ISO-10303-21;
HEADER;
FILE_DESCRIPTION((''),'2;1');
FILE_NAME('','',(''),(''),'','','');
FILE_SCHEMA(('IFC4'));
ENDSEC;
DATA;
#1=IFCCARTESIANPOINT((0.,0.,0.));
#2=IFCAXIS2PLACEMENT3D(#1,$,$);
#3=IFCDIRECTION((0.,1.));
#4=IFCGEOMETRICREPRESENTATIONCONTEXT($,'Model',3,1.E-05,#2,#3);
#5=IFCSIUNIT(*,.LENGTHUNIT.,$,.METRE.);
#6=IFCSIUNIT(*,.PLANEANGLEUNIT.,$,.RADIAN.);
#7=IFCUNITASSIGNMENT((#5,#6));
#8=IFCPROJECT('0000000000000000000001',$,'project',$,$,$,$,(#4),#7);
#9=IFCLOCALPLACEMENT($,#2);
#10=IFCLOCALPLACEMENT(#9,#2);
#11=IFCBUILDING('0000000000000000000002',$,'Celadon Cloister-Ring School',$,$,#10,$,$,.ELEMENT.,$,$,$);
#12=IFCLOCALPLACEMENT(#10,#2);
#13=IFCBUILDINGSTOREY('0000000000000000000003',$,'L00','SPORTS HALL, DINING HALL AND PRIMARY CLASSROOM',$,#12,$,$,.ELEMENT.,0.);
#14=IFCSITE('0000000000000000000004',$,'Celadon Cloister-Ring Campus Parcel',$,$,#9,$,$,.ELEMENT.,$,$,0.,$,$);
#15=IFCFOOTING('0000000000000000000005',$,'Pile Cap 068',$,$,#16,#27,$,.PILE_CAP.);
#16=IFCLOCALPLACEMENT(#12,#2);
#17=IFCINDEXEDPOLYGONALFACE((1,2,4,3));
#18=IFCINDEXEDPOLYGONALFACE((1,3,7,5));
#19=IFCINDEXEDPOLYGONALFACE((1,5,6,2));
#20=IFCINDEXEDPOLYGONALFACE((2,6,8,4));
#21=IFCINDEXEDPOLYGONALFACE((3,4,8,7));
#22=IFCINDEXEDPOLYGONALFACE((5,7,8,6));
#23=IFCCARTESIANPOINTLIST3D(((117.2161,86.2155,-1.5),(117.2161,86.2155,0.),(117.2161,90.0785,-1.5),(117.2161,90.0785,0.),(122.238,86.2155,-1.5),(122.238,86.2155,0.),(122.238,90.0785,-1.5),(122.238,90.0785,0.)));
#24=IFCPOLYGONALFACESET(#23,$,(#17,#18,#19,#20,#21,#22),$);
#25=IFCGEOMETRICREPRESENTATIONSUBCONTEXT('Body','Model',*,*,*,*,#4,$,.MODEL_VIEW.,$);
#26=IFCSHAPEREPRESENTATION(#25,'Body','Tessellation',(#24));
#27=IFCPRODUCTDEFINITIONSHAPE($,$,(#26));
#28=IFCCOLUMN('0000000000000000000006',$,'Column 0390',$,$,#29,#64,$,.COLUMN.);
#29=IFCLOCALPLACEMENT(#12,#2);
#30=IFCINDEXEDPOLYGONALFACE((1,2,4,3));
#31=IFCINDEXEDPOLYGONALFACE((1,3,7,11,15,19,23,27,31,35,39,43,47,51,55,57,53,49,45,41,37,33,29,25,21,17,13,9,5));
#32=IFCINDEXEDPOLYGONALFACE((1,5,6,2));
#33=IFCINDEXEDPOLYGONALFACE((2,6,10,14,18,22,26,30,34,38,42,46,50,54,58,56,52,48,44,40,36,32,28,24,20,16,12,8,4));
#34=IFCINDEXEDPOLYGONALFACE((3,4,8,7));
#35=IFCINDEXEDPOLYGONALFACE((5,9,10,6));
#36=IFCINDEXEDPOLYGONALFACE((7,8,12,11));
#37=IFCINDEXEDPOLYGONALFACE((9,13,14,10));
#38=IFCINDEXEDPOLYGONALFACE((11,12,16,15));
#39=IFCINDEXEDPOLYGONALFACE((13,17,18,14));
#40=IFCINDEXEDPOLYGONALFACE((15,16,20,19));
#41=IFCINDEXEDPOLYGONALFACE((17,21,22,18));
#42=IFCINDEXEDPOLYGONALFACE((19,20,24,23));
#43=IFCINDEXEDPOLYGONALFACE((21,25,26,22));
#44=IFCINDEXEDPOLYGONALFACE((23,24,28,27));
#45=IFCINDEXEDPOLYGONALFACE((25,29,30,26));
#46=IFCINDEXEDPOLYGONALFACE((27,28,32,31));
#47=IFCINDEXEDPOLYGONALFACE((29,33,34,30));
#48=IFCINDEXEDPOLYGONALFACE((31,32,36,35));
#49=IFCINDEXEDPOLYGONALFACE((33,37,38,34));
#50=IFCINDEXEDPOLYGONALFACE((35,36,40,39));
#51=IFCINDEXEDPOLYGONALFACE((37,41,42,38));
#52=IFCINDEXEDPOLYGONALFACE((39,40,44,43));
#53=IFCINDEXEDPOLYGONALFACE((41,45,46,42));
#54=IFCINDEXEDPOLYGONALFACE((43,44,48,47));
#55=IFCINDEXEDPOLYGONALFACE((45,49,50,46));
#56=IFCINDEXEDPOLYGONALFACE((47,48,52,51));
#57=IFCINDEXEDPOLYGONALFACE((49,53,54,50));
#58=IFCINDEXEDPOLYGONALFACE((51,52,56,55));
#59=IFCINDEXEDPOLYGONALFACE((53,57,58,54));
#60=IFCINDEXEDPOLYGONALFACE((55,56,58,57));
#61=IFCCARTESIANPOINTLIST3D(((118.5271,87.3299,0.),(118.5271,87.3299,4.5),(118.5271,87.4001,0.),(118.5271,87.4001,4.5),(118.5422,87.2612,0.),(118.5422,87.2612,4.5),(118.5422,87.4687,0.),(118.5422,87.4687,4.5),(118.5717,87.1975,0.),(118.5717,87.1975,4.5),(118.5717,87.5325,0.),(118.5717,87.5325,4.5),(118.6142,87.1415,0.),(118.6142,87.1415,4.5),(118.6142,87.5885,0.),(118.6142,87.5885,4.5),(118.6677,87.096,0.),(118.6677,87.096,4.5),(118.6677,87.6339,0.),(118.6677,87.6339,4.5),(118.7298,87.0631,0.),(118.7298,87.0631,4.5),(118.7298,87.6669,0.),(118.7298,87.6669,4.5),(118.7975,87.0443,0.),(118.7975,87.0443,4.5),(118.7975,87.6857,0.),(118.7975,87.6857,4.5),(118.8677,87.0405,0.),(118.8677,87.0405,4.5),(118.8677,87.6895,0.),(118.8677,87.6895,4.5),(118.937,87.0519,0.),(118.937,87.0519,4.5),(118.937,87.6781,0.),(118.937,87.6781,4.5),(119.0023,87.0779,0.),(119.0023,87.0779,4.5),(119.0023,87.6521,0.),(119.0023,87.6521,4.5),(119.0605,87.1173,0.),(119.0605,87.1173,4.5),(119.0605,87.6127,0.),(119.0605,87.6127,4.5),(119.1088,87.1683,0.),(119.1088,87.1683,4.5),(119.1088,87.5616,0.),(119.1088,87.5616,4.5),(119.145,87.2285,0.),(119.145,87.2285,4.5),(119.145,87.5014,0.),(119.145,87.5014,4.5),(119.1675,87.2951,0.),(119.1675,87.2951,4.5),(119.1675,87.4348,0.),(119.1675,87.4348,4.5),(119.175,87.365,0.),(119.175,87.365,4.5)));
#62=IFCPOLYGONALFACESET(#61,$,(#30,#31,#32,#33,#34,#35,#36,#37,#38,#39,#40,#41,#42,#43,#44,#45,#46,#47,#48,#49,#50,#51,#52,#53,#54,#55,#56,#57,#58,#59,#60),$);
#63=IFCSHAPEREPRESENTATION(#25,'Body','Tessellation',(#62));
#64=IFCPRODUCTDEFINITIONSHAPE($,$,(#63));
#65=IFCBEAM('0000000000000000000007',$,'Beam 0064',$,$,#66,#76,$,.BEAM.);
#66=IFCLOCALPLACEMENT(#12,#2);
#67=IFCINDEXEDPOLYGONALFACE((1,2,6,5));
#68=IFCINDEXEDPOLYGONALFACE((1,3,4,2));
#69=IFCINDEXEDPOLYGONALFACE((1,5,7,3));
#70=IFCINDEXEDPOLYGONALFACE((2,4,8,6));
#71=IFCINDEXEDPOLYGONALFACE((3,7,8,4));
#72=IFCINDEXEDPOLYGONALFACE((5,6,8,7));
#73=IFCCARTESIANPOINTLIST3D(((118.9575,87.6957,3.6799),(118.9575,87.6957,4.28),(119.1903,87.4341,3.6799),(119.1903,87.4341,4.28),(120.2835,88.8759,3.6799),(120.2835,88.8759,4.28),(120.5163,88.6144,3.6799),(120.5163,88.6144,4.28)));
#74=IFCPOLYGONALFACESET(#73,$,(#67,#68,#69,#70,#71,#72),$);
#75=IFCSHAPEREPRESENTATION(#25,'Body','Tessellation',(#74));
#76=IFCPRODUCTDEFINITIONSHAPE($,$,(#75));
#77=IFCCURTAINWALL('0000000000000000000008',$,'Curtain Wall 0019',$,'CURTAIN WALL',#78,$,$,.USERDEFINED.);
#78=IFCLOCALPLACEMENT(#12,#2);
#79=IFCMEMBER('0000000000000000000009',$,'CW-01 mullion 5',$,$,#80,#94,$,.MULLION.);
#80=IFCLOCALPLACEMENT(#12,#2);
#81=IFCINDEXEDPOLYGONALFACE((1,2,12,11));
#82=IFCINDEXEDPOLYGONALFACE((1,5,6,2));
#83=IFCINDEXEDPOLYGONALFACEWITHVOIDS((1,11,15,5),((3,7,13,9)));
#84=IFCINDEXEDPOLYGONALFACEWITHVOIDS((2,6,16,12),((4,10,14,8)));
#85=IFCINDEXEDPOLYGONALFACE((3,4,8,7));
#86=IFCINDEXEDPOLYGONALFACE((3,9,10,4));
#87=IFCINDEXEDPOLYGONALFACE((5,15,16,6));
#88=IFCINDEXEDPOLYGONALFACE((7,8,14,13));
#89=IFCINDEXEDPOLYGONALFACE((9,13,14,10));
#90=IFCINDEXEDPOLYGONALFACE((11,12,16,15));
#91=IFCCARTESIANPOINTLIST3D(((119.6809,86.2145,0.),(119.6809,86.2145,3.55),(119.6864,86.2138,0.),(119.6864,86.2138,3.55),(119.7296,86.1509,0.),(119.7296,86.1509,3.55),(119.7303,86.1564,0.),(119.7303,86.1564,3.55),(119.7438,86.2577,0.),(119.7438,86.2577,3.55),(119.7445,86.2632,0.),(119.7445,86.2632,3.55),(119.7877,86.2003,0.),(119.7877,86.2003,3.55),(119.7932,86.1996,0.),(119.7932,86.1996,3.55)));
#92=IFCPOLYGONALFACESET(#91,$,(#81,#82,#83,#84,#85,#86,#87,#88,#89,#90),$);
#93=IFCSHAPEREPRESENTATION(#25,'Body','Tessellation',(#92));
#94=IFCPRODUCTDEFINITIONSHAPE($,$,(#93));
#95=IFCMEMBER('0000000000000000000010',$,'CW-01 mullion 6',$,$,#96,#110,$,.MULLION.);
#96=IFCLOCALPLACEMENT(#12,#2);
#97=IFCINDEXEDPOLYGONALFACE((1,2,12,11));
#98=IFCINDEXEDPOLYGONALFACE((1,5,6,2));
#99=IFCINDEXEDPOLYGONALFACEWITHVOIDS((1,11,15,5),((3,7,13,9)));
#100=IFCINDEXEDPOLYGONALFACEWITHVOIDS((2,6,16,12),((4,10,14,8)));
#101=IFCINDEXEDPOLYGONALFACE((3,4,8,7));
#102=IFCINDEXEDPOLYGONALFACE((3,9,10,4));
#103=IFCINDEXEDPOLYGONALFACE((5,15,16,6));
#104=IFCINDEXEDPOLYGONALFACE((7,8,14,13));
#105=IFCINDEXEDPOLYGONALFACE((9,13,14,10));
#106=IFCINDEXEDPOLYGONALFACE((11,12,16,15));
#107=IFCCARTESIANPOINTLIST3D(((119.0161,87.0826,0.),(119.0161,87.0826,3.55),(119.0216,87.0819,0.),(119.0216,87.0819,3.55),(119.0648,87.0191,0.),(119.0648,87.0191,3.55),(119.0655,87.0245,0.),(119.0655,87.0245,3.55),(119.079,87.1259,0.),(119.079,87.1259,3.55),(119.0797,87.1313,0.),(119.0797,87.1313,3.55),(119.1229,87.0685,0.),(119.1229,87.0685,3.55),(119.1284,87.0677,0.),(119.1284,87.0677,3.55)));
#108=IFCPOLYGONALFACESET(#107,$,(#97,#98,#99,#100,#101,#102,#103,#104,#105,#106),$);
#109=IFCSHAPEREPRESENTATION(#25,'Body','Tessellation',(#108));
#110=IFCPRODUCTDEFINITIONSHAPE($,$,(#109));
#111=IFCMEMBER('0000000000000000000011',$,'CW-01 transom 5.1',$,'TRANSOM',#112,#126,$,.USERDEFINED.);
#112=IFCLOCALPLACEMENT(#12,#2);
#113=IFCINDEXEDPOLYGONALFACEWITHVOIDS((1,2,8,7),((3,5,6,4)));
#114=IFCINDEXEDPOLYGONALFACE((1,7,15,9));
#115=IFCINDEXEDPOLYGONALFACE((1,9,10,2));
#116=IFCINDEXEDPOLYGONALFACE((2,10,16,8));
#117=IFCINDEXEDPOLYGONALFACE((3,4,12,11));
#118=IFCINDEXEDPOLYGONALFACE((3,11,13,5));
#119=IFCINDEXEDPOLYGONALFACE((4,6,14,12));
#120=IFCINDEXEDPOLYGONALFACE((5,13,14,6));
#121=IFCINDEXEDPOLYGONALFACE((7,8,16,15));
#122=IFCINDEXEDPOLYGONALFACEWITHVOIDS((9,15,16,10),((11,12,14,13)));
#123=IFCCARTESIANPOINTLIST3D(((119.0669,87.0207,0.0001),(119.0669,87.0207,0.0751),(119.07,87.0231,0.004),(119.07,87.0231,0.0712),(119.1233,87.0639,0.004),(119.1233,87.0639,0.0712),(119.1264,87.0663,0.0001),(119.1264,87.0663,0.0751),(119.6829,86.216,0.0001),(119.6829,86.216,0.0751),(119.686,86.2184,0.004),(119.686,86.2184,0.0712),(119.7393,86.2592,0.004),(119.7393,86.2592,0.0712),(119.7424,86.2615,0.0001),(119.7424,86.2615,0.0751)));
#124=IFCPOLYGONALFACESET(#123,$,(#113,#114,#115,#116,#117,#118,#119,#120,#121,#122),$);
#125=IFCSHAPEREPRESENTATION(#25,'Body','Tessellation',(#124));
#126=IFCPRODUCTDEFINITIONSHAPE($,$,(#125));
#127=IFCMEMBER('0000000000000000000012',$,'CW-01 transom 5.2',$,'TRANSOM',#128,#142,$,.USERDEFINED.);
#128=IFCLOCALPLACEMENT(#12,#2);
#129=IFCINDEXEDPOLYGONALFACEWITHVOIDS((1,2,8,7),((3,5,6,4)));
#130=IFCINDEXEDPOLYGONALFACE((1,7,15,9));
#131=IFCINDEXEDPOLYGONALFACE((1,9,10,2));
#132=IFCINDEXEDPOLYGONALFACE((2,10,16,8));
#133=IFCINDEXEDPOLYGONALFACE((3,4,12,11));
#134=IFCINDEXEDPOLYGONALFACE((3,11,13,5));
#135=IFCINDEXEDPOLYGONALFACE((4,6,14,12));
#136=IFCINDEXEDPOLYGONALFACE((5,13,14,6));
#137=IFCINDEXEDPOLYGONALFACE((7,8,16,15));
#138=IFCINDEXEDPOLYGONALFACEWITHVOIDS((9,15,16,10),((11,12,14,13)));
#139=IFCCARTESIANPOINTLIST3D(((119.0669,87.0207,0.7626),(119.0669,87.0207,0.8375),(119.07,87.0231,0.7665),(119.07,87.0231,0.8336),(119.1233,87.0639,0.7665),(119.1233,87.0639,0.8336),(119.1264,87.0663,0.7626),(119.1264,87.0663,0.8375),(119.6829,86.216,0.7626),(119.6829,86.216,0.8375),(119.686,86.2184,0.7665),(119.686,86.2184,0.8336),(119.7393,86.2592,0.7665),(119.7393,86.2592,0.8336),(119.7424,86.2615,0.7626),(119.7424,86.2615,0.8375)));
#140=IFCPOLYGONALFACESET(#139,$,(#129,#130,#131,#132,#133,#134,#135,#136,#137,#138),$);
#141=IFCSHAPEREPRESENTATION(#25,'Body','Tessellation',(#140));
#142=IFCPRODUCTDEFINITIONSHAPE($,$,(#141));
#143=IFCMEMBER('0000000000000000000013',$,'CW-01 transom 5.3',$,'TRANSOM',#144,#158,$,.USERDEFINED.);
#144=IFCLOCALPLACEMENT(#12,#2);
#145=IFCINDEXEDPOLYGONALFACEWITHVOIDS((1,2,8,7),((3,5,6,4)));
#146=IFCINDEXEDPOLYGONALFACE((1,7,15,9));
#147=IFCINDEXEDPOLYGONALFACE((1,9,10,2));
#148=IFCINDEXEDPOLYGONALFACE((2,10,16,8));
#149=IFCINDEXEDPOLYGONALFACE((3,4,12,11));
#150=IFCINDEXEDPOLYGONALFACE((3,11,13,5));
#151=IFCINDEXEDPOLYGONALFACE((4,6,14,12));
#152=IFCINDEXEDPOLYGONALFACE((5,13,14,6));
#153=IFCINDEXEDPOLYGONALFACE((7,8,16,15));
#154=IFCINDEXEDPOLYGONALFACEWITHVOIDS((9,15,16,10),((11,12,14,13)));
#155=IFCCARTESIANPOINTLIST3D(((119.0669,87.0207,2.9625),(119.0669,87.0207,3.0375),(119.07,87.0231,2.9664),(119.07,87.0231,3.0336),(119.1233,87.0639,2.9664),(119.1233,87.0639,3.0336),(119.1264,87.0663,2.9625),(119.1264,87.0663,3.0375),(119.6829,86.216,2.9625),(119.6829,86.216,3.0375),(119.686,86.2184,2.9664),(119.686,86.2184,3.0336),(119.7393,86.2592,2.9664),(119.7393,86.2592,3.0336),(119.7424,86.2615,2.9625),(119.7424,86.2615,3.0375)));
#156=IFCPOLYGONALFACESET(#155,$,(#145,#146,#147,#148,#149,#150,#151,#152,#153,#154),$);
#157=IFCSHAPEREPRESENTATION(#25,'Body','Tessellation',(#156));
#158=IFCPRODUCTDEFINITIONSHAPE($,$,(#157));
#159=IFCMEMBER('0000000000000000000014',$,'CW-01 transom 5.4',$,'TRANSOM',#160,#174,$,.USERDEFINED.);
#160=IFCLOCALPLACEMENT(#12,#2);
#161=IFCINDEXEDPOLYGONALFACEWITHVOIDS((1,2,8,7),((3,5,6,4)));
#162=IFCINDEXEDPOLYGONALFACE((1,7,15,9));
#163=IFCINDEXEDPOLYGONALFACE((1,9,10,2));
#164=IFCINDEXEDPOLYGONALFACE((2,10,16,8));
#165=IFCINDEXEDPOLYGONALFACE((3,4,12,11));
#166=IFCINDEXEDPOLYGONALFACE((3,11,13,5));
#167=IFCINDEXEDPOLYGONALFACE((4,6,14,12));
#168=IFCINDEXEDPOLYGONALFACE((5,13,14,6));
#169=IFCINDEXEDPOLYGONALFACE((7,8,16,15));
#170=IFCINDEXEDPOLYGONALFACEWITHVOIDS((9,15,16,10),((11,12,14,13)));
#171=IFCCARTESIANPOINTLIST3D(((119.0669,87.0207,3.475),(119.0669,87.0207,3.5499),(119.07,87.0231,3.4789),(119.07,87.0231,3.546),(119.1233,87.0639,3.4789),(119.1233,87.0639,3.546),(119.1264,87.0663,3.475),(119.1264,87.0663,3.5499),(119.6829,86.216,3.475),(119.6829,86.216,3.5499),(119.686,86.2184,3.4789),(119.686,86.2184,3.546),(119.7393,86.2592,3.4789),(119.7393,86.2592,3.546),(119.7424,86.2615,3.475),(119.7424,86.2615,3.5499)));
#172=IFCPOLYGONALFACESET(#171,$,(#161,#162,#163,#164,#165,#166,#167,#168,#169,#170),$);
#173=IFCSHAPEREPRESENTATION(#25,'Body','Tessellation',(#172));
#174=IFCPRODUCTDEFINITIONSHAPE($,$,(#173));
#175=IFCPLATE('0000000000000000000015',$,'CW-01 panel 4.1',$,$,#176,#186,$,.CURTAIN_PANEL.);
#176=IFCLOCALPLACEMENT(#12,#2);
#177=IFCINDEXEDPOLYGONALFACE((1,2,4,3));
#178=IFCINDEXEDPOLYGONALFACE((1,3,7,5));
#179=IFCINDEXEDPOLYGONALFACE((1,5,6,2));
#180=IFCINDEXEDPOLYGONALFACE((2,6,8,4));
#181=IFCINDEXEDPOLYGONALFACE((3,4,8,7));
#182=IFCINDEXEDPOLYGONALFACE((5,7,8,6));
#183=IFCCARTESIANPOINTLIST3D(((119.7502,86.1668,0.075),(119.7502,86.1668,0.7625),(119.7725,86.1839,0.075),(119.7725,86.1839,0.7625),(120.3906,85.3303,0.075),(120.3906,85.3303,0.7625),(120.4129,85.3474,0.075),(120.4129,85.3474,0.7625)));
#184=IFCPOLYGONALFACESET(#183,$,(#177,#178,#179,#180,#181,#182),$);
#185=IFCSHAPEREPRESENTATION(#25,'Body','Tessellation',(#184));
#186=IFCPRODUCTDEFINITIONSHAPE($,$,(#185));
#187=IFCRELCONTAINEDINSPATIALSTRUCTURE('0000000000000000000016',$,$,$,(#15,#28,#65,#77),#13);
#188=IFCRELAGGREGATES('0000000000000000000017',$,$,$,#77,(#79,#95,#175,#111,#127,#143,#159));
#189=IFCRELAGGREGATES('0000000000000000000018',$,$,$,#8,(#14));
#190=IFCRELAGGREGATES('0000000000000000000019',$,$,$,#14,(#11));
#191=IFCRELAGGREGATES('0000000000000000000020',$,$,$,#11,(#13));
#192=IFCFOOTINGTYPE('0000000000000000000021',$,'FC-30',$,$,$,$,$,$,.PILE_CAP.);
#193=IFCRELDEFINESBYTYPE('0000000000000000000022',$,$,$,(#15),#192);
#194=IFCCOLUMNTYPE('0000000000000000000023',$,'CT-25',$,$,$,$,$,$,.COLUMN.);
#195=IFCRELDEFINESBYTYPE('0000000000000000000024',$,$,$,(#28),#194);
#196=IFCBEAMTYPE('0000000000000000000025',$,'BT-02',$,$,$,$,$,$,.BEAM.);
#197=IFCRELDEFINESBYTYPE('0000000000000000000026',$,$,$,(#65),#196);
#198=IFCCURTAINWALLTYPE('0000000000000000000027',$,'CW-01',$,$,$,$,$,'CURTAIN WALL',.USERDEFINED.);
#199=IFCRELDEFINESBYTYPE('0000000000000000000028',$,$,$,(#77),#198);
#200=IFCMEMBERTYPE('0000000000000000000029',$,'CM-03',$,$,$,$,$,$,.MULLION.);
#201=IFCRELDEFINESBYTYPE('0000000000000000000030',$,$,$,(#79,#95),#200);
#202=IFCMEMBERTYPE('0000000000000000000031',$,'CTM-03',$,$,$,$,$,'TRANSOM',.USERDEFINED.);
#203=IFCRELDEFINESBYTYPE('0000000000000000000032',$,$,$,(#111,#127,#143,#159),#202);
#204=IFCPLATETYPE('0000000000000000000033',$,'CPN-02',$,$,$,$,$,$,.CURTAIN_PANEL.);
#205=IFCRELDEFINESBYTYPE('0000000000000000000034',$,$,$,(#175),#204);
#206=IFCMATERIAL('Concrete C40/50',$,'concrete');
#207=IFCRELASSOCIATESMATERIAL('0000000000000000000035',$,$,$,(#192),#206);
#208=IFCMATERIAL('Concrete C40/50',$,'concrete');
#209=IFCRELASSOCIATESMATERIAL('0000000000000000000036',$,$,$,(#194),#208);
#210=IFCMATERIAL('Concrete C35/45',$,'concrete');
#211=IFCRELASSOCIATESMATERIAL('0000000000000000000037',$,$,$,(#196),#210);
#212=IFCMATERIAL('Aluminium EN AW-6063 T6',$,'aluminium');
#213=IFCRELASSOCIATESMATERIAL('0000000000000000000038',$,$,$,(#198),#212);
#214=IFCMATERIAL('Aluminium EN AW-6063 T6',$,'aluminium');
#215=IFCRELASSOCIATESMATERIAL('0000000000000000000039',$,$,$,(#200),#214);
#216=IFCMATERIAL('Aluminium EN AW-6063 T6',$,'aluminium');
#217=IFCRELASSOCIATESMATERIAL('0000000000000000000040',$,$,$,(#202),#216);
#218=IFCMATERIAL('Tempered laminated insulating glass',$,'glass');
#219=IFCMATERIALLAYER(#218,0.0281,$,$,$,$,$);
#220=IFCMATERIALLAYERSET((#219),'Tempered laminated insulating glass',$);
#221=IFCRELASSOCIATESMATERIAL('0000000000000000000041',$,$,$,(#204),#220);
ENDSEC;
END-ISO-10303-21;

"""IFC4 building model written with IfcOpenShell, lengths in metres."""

from ifc_helpers import new_model, si_unit, direction, frame, origin, origin_2d, place, context, subcontext, project, spatial, rectangle, hollow_rectangle, circle, extrude, material, layer, layer_set, material_profile, profile_set, type_object, element, aggregate, save


model = new_model("IFC4")

# Units and contexts
model_context = context("Model", 3, precision=1e-05, world=origin(), true_north=direction((0.0, 1.0)))
body_context = subcontext(model_context, "Body", "Model", "MODEL_VIEW")
ifc_project = project(units=[si_unit("LENGTHUNIT", "METRE"), si_unit("PLANEANGLEUNIT", "RADIAN")], contexts=[model_context])

# Site, building, storey
site_placement = place(None, origin())
site = spatial("IfcSite", under=ifc_project, at=site_placement, Name="Celadon Cloister-Ring Campus Parcel", CompositionType="ELEMENT", RefElevation=0.0)
building_placement = place(site_placement, origin())
building = spatial("IfcBuilding", under=site, at=building_placement, Name="Celadon Cloister-Ring School", CompositionType="ELEMENT")
storey_placement = place(building_placement, origin())
storey = spatial("IfcBuildingStorey", under=building, at=storey_placement, Name="L00", Description="SPORTS HALL, DINING HALL AND PRIMARY CLASSROOM", CompositionType="ELEMENT", Elevation=0.0)

# Footing
ifc_material_1 = material(Name="Concrete C40/50", Category="concrete")
footing_type = type_object("IfcFootingType", Name="FC-30", PredefinedType="PILE_CAP", material=ifc_material_1)
footing_placement = place(storey_placement, frame((119.7271, 88.147, -1.5), z_axis=(0.0, 0.0, 1.0), x_axis=(1.0, 0.0, 0.0)))
element("IfcFooting", 1, at=footing_placement, inside=storey, type_object=footing_type, Name="Pile Cap 068", PredefinedType="PILE_CAP", context=body_context, shape_type="SweptSolid", body=[
    extrude(rectangle(XDim=5.022, YDim=3.863, at=origin_2d()), origin(), (0.0, 0.0, 1.0), 1.5),
])

# Column
ifc_material_2 = material(Name="Concrete C40/50", Category="concrete")
ifc_material_profile_1 = material_profile(ifc_material_2, circle(Radius=0.325, at=origin_2d()), Name="CIRC650")
ifc_profile_set_1 = profile_set([ifc_material_profile_1], Name="Concrete C40/50")
column_type = type_object("IfcColumnType", Name="CT-25", PredefinedType="COLUMN", material=ifc_profile_set_1)
column_placement = place(storey_placement, frame((118.8501, 87.365, 0.0), z_axis=(0.0, 0.0, 1.0), x_axis=(1.0, 0.0, 0.0)))
element("IfcColumn", 2, at=column_placement, inside=storey, type_object=column_type, Name="Column 0390", PredefinedType="COLUMN", context=body_context, shape_type="SweptSolid", body=[
    extrude(circle(Radius=0.325, at=origin_2d()), origin(), (0.0, 0.0, 1.0), 4.5),
])

# Beam
ifc_material_3 = material(Name="Concrete C35/45", Category="concrete")
ifc_material_profile_2 = material_profile(ifc_material_3, rectangle(XDim=0.3501, YDim=0.6001, at=origin_2d()), Name="RC350X600")
ifc_profile_set_2 = profile_set([ifc_material_profile_2], Name="Concrete C35/45")
beam_type = type_object("IfcBeamType", Name="BT-02", PredefinedType="BEAM", material=ifc_profile_set_2)
beam_placement = place(storey_placement, frame((120.3999, 88.7451, 3.98), z_axis=(-0.746969, -0.664859, 0.0), x_axis=(0.664859, -0.746969, 0.0)))
element("IfcBeam", 3, at=beam_placement, inside=storey, type_object=beam_type, Name="Beam 0064", PredefinedType="BEAM", context=body_context, shape_type="SweptSolid", body=[
    extrude(rectangle(XDim=0.3501, YDim=0.6001, at=origin_2d()), origin(), (0.0, 0.0, 1.0), 1.7751),
])

# Curtain wall, members, plate
ifc_material_4 = material(Name="Aluminium EN AW-6063 T6", Category="aluminium")
curtain_wall_type = type_object("IfcCurtainWallType", Name="CW-01", ElementType="CURTAIN WALL", PredefinedType="USERDEFINED", material=ifc_material_4)
curtain_wall_placement = place(storey_placement, origin())
curtain_wall = element("IfcCurtainWall", 4, at=curtain_wall_placement, inside=storey, type_object=curtain_wall_type, Name="Curtain Wall 0019", ObjectType="CURTAIN WALL", PredefinedType="USERDEFINED")
ifc_material_5 = material(Name="Aluminium EN AW-6063 T6", Category="aluminium")
ifc_material_profile_3 = material_profile(ifc_material_5, hollow_rectangle(XDim=0.0801, YDim=0.0801, WallThickness=0.0039, at=origin_2d()), Name="RHS80X80X4")
ifc_profile_set_3 = profile_set([ifc_material_profile_3], Name="Aluminium EN AW-6063 T6")
member_type_1 = type_object("IfcMemberType", Name="CM-03", PredefinedType="MULLION", material=ifc_profile_set_3)
member_1_placement = place(storey_placement, frame((119.7371, 86.207, 0.0), z_axis=(0.0, 0.0, 1.0), x_axis=(-0.794032, -0.607876, 0.0)))
member_1 = element("IfcMember", 5, at=member_1_placement, type_object=member_type_1, Name="CW-01 mullion 5", PredefinedType="MULLION", context=body_context, shape_type="SweptSolid", body=[
    extrude(hollow_rectangle(XDim=0.0801, YDim=0.0801, WallThickness=0.0039, at=origin_2d()), origin(), (0.0, 0.0, 1.0), 3.55),
])
member_2_placement = place(storey_placement, frame((119.0723, 87.0752, 0.0), z_axis=(0.0, 0.0, 1.0), x_axis=(-0.794032, -0.607876, 0.0)))
member_2 = element("IfcMember", 6, at=member_2_placement, type_object=member_type_1, Name="CW-01 mullion 6", PredefinedType="MULLION", context=body_context, shape_type="SweptSolid", body=[
    extrude(hollow_rectangle(XDim=0.0801, YDim=0.0801, WallThickness=0.0039, at=origin_2d()), origin(), (0.0, 0.0, 1.0), 3.55),
])
ifc_material_6 = material(Name="Aluminium EN AW-6063 T6", Category="aluminium")
ifc_material_profile_4 = material_profile(ifc_material_6, hollow_rectangle(XDim=0.075, YDim=0.075, WallThickness=0.0039, at=origin_2d()), Name="RHS75X75X4")
ifc_profile_set_4 = profile_set([ifc_material_profile_4], Name="Aluminium EN AW-6063 T6")
member_type_2 = type_object("IfcMemberType", Name="CTM-03", ElementType="TRANSOM", PredefinedType="USERDEFINED", material=ifc_profile_set_4)
member_3_placement = place(storey_placement, frame((119.7126, 86.2388, 0.0376), z_axis=(-0.607835, 0.794064, 0.0), x_axis=(-0.794064, -0.607835, 0.0)))
member_3 = element("IfcMember", 7, at=member_3_placement, type_object=member_type_2, Name="CW-01 transom 5.1", ObjectType="TRANSOM", PredefinedType="USERDEFINED", context=body_context, shape_type="SweptSolid", body=[
    extrude(hollow_rectangle(XDim=0.075, YDim=0.075, WallThickness=0.0039, at=origin_2d()), origin(), (0.0, 0.0, 1.0), 1.0134),
])
member_4_placement = place(storey_placement, frame((119.7126, 86.2388, 0.8), z_axis=(-0.607835, 0.794064, 0.0), x_axis=(-0.794064, -0.607835, 0.0)))
member_4 = element("IfcMember", 8, at=member_4_placement, type_object=member_type_2, Name="CW-01 transom 5.2", ObjectType="TRANSOM", PredefinedType="USERDEFINED", context=body_context, shape_type="SweptSolid", body=[
    extrude(hollow_rectangle(XDim=0.075, YDim=0.075, WallThickness=0.0039, at=origin_2d()), origin(), (0.0, 0.0, 1.0), 1.0134),
])
member_5_placement = place(storey_placement, frame((119.7126, 86.2388, 3.0), z_axis=(-0.607835, 0.794064, 0.0), x_axis=(-0.794064, -0.607835, 0.0)))
member_5 = element("IfcMember", 9, at=member_5_placement, type_object=member_type_2, Name="CW-01 transom 5.3", ObjectType="TRANSOM", PredefinedType="USERDEFINED", context=body_context, shape_type="SweptSolid", body=[
    extrude(hollow_rectangle(XDim=0.075, YDim=0.075, WallThickness=0.0039, at=origin_2d()), origin(), (0.0, 0.0, 1.0), 1.0134),
])
member_6_placement = place(storey_placement, frame((119.7126, 86.2388, 3.5125), z_axis=(-0.607835, 0.794064, 0.0), x_axis=(-0.794064, -0.607835, 0.0)))
member_6 = element("IfcMember", 10, at=member_6_placement, type_object=member_type_2, Name="CW-01 transom 5.4", ObjectType="TRANSOM", PredefinedType="USERDEFINED", context=body_context, shape_type="SweptSolid", body=[
    extrude(hollow_rectangle(XDim=0.075, YDim=0.075, WallThickness=0.0039, at=origin_2d()), origin(), (0.0, 0.0, 1.0), 1.0134),
])
ifc_material_7 = material(Name="Tempered laminated insulating glass", Category="glass")
ifc_layer_1 = layer(ifc_material_7, 0.0281)
ifc_layer_set_1 = layer_set([ifc_layer_1], Name="Tempered laminated insulating glass")
plate_type = type_object("IfcPlateType", Name="CPN-02", PredefinedType="CURTAIN_PANEL", material=ifc_layer_set_1)
plate_1_placement = place(storey_placement, frame((120.0815, 85.7571, 0.075), z_axis=(0.0, 0.0, 1.0), x_axis=(-0.607876, 0.794032, 0.0)))
plate_1 = element("IfcPlate", 11, at=plate_1_placement, type_object=plate_type, Name="CW-01 panel 4.1", PredefinedType="CURTAIN_PANEL", context=body_context, shape_type="SweptSolid", body=[
    extrude(rectangle(XDim=1.0535, YDim=0.0281, at=origin_2d()), origin(), (0.0, 0.0, 1.0), 0.6875),
])
aggregate(curtain_wall, [member_1, member_2, plate_1, member_3, member_4, member_5, member_6])

save(model, "model.ifc")
